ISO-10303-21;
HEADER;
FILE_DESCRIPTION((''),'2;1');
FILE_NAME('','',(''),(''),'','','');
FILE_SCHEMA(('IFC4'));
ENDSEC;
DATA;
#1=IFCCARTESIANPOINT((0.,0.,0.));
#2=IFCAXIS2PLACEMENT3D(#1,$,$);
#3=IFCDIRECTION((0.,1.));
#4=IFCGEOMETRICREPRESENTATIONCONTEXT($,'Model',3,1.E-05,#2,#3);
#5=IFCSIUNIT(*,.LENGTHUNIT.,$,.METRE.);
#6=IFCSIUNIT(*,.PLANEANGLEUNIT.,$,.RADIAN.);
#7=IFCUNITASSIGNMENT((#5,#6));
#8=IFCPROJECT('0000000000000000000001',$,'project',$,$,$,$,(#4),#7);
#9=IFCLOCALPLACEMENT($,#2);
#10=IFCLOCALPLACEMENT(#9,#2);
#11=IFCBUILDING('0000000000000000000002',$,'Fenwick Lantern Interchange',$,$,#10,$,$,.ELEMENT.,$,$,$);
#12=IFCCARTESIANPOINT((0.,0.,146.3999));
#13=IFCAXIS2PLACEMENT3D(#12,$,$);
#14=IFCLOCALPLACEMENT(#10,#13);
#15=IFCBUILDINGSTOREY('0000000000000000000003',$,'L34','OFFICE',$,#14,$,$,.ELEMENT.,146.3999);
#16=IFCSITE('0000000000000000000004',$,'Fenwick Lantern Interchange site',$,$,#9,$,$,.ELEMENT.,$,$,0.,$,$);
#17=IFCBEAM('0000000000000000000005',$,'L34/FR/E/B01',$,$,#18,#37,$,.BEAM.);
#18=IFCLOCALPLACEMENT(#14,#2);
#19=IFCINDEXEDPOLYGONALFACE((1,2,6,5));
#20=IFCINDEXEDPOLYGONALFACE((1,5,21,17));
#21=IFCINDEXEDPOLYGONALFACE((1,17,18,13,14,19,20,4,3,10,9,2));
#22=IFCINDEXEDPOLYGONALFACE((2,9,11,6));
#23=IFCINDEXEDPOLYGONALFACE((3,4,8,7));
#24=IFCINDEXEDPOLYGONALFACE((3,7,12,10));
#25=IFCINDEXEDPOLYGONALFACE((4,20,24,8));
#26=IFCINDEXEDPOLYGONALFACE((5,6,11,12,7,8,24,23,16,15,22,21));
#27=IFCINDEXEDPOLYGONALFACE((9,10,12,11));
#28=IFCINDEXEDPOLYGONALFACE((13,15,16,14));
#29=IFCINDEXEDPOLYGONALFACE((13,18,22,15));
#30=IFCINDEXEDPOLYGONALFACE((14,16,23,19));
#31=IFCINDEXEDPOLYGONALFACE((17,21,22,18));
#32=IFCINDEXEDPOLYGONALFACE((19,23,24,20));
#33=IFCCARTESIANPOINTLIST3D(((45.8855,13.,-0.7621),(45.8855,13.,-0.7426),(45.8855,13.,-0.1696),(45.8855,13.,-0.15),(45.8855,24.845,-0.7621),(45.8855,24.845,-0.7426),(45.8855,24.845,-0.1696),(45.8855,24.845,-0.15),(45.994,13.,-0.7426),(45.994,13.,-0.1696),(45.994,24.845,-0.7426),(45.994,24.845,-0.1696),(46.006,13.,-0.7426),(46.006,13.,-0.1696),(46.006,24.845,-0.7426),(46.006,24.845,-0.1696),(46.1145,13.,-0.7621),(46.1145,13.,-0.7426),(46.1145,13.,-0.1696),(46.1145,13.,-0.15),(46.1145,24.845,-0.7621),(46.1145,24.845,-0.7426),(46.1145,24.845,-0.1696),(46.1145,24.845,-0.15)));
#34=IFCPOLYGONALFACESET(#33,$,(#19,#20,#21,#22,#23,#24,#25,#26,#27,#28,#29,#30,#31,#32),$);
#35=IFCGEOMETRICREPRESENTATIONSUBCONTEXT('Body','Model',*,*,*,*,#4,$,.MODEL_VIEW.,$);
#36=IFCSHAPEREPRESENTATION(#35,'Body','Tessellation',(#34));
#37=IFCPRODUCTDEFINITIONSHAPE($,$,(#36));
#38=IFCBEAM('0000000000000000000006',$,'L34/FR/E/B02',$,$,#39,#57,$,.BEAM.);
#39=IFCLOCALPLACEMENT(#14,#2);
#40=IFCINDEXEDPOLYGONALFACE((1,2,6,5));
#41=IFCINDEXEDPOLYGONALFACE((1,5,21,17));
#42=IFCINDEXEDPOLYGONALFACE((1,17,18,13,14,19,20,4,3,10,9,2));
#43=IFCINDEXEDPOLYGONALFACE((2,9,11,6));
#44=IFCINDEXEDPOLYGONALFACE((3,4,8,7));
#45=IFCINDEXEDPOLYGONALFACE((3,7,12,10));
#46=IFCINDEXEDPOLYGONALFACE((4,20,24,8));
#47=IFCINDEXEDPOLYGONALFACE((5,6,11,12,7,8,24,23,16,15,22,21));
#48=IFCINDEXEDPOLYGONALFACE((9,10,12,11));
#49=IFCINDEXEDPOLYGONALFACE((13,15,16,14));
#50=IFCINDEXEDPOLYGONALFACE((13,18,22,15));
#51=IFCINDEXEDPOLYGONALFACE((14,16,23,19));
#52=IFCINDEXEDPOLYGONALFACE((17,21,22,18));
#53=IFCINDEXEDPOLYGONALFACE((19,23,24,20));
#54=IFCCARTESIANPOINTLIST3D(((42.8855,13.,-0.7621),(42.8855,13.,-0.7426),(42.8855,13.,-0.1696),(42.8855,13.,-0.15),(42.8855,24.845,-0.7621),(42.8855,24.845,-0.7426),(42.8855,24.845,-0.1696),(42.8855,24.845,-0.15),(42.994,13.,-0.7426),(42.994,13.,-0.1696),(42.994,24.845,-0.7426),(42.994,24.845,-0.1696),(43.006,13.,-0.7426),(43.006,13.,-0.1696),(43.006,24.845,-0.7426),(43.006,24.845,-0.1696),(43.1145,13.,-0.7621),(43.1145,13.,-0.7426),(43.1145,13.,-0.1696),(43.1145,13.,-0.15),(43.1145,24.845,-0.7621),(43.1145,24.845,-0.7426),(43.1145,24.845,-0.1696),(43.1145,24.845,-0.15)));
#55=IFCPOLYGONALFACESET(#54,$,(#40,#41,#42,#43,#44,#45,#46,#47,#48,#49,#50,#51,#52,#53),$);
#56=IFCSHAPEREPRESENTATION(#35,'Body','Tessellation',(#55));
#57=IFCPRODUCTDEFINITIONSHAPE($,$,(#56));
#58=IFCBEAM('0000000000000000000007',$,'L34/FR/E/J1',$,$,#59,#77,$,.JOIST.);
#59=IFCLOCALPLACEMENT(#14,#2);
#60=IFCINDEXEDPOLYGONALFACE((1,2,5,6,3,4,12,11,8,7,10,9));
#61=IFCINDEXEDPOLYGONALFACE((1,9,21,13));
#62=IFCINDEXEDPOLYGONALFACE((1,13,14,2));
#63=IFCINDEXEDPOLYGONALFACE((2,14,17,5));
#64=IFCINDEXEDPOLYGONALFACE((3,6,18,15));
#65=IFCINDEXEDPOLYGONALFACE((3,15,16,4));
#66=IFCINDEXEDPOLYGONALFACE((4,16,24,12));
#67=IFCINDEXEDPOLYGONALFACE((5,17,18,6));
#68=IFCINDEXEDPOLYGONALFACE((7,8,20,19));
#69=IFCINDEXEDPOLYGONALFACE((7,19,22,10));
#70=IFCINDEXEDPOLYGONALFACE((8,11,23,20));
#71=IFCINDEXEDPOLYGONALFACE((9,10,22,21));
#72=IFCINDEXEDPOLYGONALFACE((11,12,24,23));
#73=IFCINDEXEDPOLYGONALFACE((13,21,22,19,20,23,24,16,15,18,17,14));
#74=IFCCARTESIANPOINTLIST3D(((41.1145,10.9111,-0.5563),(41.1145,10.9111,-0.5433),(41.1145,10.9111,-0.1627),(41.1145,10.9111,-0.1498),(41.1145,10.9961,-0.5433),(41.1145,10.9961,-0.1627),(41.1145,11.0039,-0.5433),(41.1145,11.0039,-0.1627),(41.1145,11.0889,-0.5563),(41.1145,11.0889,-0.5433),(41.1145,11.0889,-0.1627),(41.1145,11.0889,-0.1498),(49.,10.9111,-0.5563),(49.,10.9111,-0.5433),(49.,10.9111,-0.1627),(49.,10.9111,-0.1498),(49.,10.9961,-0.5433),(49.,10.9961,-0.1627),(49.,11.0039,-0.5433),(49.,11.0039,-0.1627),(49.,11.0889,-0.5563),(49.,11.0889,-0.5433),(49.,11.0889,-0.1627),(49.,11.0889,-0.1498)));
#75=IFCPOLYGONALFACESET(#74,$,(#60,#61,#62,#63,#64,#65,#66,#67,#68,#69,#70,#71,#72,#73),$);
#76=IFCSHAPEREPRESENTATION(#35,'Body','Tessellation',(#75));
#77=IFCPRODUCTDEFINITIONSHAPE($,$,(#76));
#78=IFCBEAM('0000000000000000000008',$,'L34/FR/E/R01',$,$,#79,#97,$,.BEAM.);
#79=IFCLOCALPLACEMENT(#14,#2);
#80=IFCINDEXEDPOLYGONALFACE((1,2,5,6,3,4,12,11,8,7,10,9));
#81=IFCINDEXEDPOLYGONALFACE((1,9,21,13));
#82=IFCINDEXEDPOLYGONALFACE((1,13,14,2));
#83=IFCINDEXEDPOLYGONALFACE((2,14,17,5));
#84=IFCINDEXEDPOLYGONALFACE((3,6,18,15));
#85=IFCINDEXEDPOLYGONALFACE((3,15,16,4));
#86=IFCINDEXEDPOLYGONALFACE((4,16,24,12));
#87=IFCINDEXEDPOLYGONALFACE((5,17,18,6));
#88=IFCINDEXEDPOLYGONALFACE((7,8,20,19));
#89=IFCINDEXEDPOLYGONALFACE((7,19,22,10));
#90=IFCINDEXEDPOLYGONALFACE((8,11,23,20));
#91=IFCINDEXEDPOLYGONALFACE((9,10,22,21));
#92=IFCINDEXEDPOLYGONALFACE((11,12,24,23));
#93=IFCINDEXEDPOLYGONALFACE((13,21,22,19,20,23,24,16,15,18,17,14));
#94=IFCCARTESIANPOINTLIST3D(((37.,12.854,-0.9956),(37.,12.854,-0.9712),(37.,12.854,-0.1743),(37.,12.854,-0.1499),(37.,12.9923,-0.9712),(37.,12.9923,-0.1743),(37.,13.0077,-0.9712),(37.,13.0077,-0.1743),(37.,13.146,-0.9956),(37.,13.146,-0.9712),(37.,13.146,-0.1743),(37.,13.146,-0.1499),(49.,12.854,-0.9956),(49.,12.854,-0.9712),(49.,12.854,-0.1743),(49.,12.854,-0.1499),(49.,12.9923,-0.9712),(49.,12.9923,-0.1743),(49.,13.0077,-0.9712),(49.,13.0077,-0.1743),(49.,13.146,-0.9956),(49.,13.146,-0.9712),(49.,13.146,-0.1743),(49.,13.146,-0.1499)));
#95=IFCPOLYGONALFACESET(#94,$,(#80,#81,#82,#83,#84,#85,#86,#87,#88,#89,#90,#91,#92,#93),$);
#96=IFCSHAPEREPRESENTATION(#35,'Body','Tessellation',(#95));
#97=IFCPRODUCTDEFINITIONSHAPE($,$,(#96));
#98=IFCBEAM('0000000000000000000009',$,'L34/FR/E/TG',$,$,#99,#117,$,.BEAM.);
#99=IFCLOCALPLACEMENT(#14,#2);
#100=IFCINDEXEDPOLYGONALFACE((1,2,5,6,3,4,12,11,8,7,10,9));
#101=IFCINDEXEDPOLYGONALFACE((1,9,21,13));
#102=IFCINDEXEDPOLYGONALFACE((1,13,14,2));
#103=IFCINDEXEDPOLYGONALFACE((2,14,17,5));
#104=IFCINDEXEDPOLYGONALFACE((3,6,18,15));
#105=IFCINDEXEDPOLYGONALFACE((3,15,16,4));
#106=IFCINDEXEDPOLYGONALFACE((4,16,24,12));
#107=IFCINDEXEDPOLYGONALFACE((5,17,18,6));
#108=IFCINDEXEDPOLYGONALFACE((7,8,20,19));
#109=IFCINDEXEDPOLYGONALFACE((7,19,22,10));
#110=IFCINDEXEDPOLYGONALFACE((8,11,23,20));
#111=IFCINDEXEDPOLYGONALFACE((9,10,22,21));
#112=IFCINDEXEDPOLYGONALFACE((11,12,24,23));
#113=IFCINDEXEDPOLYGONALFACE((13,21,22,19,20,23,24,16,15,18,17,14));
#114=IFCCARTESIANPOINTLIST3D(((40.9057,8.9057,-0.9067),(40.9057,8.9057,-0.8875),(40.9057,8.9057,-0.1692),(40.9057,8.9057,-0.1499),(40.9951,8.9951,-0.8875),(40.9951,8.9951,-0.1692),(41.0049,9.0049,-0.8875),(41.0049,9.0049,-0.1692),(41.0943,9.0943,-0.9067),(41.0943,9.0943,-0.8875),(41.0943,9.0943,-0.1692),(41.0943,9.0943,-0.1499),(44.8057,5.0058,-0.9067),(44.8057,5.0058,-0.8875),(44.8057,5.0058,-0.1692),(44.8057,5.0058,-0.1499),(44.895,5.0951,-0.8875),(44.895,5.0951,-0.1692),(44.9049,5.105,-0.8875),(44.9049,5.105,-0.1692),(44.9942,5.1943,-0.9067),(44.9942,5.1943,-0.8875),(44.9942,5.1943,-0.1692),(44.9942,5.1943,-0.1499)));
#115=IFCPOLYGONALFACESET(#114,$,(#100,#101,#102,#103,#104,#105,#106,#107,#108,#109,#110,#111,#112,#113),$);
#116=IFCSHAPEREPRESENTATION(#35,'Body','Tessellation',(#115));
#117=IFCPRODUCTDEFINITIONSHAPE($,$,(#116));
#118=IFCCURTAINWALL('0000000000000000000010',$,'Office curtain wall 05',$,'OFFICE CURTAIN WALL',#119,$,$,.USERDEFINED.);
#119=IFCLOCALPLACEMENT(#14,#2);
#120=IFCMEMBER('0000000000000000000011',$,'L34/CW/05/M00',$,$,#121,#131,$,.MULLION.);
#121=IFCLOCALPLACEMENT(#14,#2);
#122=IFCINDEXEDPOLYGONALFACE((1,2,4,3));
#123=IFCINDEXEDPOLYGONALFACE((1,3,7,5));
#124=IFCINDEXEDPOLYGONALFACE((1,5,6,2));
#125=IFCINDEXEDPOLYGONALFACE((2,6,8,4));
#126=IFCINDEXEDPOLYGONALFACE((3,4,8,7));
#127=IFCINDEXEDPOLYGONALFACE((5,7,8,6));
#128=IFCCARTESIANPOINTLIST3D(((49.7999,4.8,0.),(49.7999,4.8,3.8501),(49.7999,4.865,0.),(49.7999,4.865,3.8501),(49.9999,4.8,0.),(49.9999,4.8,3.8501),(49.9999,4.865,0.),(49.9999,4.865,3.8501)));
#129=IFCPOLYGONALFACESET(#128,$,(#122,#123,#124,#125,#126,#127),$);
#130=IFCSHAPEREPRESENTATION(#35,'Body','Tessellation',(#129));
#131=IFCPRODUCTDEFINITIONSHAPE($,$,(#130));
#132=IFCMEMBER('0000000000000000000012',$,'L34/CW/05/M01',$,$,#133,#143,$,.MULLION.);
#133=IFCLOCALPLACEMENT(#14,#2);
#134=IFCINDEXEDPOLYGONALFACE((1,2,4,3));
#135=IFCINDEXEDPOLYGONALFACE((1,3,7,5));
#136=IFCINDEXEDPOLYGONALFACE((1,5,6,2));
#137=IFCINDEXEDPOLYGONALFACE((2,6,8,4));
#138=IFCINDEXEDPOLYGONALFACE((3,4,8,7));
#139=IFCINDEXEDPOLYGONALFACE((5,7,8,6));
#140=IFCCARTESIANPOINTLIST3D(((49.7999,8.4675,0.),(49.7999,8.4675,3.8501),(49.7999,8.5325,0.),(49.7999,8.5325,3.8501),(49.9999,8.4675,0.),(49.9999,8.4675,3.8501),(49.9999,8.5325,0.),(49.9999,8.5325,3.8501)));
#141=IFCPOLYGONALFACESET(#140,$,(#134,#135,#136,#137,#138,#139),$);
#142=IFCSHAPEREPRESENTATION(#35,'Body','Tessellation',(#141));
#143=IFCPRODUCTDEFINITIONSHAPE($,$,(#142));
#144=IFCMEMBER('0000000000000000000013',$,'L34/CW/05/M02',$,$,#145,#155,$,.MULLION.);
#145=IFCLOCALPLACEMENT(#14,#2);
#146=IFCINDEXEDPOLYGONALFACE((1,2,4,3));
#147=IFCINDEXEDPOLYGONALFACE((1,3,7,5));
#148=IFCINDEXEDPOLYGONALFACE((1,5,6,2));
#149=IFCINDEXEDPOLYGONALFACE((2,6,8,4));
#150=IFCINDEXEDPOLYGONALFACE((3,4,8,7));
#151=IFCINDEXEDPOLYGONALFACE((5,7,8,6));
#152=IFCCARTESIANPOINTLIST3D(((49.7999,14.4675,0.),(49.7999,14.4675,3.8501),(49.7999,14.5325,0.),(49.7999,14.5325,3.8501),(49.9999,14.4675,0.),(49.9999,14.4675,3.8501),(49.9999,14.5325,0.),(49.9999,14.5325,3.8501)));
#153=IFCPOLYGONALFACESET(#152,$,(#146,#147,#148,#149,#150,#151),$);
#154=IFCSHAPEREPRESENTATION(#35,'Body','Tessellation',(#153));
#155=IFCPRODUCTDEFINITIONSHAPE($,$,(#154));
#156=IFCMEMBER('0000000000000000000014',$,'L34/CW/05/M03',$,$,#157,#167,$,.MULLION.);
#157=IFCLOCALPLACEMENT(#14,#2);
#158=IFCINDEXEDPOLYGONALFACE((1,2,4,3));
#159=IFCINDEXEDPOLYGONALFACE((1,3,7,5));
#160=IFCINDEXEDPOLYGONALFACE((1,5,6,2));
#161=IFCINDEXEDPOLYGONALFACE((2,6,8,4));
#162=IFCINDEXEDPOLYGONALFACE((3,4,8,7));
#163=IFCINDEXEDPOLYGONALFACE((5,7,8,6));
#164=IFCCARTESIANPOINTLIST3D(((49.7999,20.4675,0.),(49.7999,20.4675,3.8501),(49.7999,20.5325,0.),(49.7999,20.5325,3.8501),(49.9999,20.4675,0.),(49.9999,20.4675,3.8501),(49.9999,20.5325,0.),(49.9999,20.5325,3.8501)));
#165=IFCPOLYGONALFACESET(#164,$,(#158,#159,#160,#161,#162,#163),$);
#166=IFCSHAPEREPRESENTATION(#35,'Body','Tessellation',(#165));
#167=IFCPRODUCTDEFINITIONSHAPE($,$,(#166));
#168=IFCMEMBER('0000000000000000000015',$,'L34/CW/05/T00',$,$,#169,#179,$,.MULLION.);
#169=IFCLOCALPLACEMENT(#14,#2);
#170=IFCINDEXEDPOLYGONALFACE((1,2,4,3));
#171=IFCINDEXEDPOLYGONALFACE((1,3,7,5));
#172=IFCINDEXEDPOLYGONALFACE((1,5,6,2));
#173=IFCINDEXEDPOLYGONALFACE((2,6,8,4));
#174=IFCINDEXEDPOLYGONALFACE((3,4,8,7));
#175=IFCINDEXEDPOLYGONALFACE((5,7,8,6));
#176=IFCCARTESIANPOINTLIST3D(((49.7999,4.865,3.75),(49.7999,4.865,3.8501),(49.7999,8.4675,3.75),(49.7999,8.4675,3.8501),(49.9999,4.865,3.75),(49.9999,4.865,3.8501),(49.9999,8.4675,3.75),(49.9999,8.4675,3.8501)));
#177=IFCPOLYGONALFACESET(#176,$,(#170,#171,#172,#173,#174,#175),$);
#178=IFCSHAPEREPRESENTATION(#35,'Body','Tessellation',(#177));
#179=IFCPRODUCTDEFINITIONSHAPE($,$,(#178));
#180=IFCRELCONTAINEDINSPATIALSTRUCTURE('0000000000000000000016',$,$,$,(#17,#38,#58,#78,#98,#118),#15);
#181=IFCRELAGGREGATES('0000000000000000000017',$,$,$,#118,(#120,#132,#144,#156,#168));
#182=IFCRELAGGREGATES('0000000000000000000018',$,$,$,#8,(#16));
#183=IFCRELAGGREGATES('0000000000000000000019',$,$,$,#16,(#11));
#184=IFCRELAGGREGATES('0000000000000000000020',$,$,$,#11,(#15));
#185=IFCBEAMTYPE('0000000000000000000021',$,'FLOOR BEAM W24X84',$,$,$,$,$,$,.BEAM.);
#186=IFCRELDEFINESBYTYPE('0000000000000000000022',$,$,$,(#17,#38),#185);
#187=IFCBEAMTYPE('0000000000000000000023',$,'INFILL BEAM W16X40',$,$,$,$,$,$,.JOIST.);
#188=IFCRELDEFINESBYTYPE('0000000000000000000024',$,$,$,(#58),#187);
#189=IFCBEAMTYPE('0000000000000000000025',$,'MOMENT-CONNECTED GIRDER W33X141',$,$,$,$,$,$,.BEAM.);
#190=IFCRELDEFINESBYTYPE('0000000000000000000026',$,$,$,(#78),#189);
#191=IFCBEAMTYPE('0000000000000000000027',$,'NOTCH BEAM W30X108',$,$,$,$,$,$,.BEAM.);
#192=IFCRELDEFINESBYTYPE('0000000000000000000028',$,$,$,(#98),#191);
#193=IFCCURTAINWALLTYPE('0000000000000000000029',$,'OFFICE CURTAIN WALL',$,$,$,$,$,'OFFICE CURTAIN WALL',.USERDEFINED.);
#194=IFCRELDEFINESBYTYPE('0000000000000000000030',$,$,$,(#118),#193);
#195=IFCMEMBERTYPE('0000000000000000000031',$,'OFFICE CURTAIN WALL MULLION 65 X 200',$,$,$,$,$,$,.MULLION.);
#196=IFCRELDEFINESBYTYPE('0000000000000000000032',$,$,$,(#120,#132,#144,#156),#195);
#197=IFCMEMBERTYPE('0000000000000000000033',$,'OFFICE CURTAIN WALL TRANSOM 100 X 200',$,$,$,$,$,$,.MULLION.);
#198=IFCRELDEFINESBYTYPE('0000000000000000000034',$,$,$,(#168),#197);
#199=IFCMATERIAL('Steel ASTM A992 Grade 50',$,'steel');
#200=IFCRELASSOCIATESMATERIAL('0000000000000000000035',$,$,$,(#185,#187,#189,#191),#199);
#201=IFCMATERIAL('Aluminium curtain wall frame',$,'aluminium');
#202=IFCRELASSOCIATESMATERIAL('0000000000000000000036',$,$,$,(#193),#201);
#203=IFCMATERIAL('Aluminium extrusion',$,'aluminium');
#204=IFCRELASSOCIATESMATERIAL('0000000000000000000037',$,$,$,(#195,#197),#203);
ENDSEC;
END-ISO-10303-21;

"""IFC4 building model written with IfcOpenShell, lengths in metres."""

from ifc_helpers import new_model, si_unit, direction, frame, origin, origin_2d, place, context, subcontext, project, spatial, rectangle, i_section, extrude, material, material_profile, profile_set, type_object, element, aggregate, save


model = new_model("IFC4")

# Units and contexts
model_context = context("Model", 3, precision=1e-05, world=origin(), true_north=direction((0.0, 1.0)))
body_context = subcontext(model_context, "Body", "Model", "MODEL_VIEW")
ifc_project = project(units=[si_unit("LENGTHUNIT", "METRE"), si_unit("PLANEANGLEUNIT", "RADIAN")], contexts=[model_context])

# Site, building, storey
site_placement = place(None, origin())
site = spatial("IfcSite", under=ifc_project, at=site_placement, Name="Fenwick Lantern Interchange site", CompositionType="ELEMENT", RefElevation=0.0)
building_placement = place(site_placement, origin())
building = spatial("IfcBuilding", under=site, at=building_placement, Name="Fenwick Lantern Interchange", CompositionType="ELEMENT")
storey_placement = place(building_placement, frame((0.0, 0.0, 146.3999)))
storey = spatial("IfcBuildingStorey", under=building, at=storey_placement, Name="L34", Description="OFFICE", CompositionType="ELEMENT", Elevation=146.3999)

# Shared definitions
ifc_material_1 = material(Name="Steel ASTM A992 Grade 50", Category="steel")

# Beams
ifc_material_profile_1 = material_profile(ifc_material_1, i_section(OverallWidth=0.229, OverallDepth=0.6121, WebThickness=0.012, FlangeThickness=0.0195, at=origin_2d()), Name="W24X84")
ifc_profile_set_1 = profile_set([ifc_material_profile_1], Name="Steel ASTM A992 Grade 50")
beam_type_1 = type_object("IfcBeamType", Name="FLOOR BEAM W24X84", PredefinedType="BEAM", material=ifc_profile_set_1)
for number, where, z_axis, x_axis, name in (
    (1, (46.0, 13.0, -0.4561), (0.0, 1.0, 0.0), (-1.0, 0.0, 0.0), "L34/FR/E/B01"),
    (2, (43.0, 13.0, -0.4561), (0.0, 1.0, 0.0), (-1.0, 0.0, 0.0), "L34/FR/E/B02"),
):
    element("IfcBeam", number, at=place(storey_placement, frame(where, z_axis=z_axis, x_axis=x_axis)), inside=storey, type_object=beam_type_1, Name=name, PredefinedType="BEAM", context=body_context, shape_type="SweptSolid", body=[
        extrude(i_section(OverallWidth=0.229, OverallDepth=0.6121, WebThickness=0.012, FlangeThickness=0.0195, at=origin_2d()), origin(), (0.0, 0.0, 1.0), 11.845),
    ])
ifc_material_profile_2 = material_profile(ifc_material_1, i_section(OverallWidth=0.1777, OverallDepth=0.4065, WebThickness=0.0078, FlangeThickness=0.0129, at=origin_2d()), Name="W16X40")
ifc_profile_set_2 = profile_set([ifc_material_profile_2], Name="Steel ASTM A992 Grade 50")
beam_type_2 = type_object("IfcBeamType", Name="INFILL BEAM W16X40", PredefinedType="JOIST", material=ifc_profile_set_2)
beam_1_placement = place(storey_placement, frame((49.0, 11.0, -0.353), z_axis=(-1.0, 0.0, 0.0), x_axis=(0.0, -1.0, 0.0)))
element("IfcBeam", 3, at=beam_1_placement, inside=storey, type_object=beam_type_2, Name="L34/FR/E/J1", PredefinedType="JOIST", context=body_context, shape_type="SweptSolid", body=[
    extrude(i_section(OverallWidth=0.1777, OverallDepth=0.4065, WebThickness=0.0078, FlangeThickness=0.0129, at=origin_2d()), origin(), (0.0, 0.0, 1.0), 7.8855),
])
ifc_material_profile_3 = material_profile(ifc_material_1, i_section(OverallWidth=0.292, OverallDepth=0.8457, WebThickness=0.0154, FlangeThickness=0.0244, at=origin_2d()), Name="W33X141")
ifc_profile_set_3 = profile_set([ifc_material_profile_3], Name="Steel ASTM A992 Grade 50")
beam_type_3 = type_object("IfcBeamType", Name="MOMENT-CONNECTED GIRDER W33X141", PredefinedType="BEAM", material=ifc_profile_set_3)
beam_2_placement = place(storey_placement, frame((49.0, 13.0, -0.5728), z_axis=(-1.0, 0.0, 0.0), x_axis=(0.0, -1.0, 0.0)))
element("IfcBeam", 4, at=beam_2_placement, inside=storey, type_object=beam_type_3, Name="L34/FR/E/R01", PredefinedType="BEAM", context=body_context, shape_type="SweptSolid", body=[
    extrude(i_section(OverallWidth=0.292, OverallDepth=0.8457, WebThickness=0.0154, FlangeThickness=0.0244, at=origin_2d()), origin(), (0.0, 0.0, 1.0), 12.0),
])
ifc_material_profile_4 = material_profile(ifc_material_1, i_section(OverallWidth=0.2666, OverallDepth=0.7568, WebThickness=0.0139, FlangeThickness=0.0193, at=origin_2d()), Name="W30X108")
ifc_profile_set_4 = profile_set([ifc_material_profile_4], Name="Steel ASTM A992 Grade 50")
beam_type_4 = type_object("IfcBeamType", Name="NOTCH BEAM W30X108", PredefinedType="BEAM", material=ifc_profile_set_4)
beam_3_placement = place(storey_placement, frame((41.0, 9.0, -0.5283), z_axis=(0.707107, -0.707107, 0.0), x_axis=(0.707107, 0.707107, 0.0)))
element("IfcBeam", 5, at=beam_3_placement, inside=storey, type_object=beam_type_4, Name="L34/FR/E/TG", PredefinedType="BEAM", context=body_context, shape_type="SweptSolid", body=[
    extrude(i_section(OverallWidth=0.2666, OverallDepth=0.7568, WebThickness=0.0139, FlangeThickness=0.0193, at=origin_2d()), origin(), (0.0, 0.0, 1.0), 5.5154),
])

# Curtain wall, members
ifc_material_2 = material(Name="Aluminium curtain wall frame", Category="aluminium")
curtain_wall_type = type_object("IfcCurtainWallType", Name="OFFICE CURTAIN WALL", ElementType="OFFICE CURTAIN WALL", PredefinedType="USERDEFINED", material=ifc_material_2)
curtain_wall_placement = place(storey_placement, origin())
curtain_wall = element("IfcCurtainWall", 6, at=curtain_wall_placement, inside=storey, type_object=curtain_wall_type, Name="Office curtain wall 05", ObjectType="OFFICE CURTAIN WALL", PredefinedType="USERDEFINED")
ifc_material_3 = material(Name="Aluminium extrusion", Category="aluminium")
ifc_material_profile_5 = material_profile(ifc_material_3, rectangle(XDim=0.2, YDim=0.0649, at=origin_2d()), Name="OFFICE CURTAIN WALL MULLION 65 X 200")
ifc_profile_set_5 = profile_set([ifc_material_profile_5], Name="Aluminium extrusion")
member_type_1 = type_object("IfcMemberType", Name="OFFICE CURTAIN WALL MULLION 65 X 200", PredefinedType="MULLION", material=ifc_profile_set_5)
member_1_placement = place(storey_placement, frame((49.8999, 4.8325, 0.0), z_axis=(0.0, 0.0, 1.0), x_axis=(-1.0, 0.0, 0.0)))
member_1 = element("IfcMember", 7, at=member_1_placement, type_object=member_type_1, Name="L34/CW/05/M00", PredefinedType="MULLION", context=body_context, shape_type="SweptSolid", body=[
    extrude(rectangle(XDim=0.2, YDim=0.0649, at=origin_2d()), origin(), (0.0, 0.0, 1.0), 3.8501),
])
member_2_placement = place(storey_placement, frame((49.8999, 8.5, 0.0), z_axis=(0.0, 0.0, 1.0), x_axis=(-1.0, 0.0, 0.0)))
member_2 = element("IfcMember", 8, at=member_2_placement, type_object=member_type_1, Name="L34/CW/05/M01", PredefinedType="MULLION", context=body_context, shape_type="SweptSolid", body=[
    extrude(rectangle(XDim=0.2, YDim=0.0649, at=origin_2d()), origin(), (0.0, 0.0, 1.0), 3.8501),
])
member_3_placement = place(storey_placement, frame((49.8999, 14.5, 0.0), z_axis=(0.0, 0.0, 1.0), x_axis=(-1.0, 0.0, 0.0)))
member_3 = element("IfcMember", 9, at=member_3_placement, type_object=member_type_1, Name="L34/CW/05/M02", PredefinedType="MULLION", context=body_context, shape_type="SweptSolid", body=[
    extrude(rectangle(XDim=0.2, YDim=0.0649, at=origin_2d()), origin(), (0.0, 0.0, 1.0), 3.8501),
])
member_4_placement = place(storey_placement, frame((49.8999, 20.5, 0.0), z_axis=(0.0, 0.0, 1.0), x_axis=(-1.0, 0.0, 0.0)))
member_4 = element("IfcMember", 10, at=member_4_placement, type_object=member_type_1, Name="L34/CW/05/M03", PredefinedType="MULLION", context=body_context, shape_type="SweptSolid", body=[
    extrude(rectangle(XDim=0.2, YDim=0.0649, at=origin_2d()), origin(), (0.0, 0.0, 1.0), 3.8501),
])
ifc_material_profile_6 = material_profile(ifc_material_3, rectangle(XDim=0.2, YDim=0.1001, at=origin_2d()), Name="OFFICE CURTAIN WALL TRANSOM 100 X 200")
ifc_profile_set_6 = profile_set([ifc_material_profile_6], Name="Aluminium extrusion")
member_type_2 = type_object("IfcMemberType", Name="OFFICE CURTAIN WALL TRANSOM 100 X 200", PredefinedType="MULLION", material=ifc_profile_set_6)
member_5_placement = place(storey_placement, frame((49.8999, 4.865, 3.8), z_axis=(0.0, 1.0, 0.0), x_axis=(-1.0, 0.0, 0.0)))
member_5 = element("IfcMember", 11, at=member_5_placement, type_object=member_type_2, Name="L34/CW/05/T00", PredefinedType="MULLION", context=body_context, shape_type="SweptSolid", body=[
    extrude(rectangle(XDim=0.2, YDim=0.1001, at=origin_2d()), origin(), (0.0, 0.0, 1.0), 3.6025),
])
aggregate(curtain_wall, [member_1, member_2, member_3, member_4, member_5])

save(model, "model.ifc")
